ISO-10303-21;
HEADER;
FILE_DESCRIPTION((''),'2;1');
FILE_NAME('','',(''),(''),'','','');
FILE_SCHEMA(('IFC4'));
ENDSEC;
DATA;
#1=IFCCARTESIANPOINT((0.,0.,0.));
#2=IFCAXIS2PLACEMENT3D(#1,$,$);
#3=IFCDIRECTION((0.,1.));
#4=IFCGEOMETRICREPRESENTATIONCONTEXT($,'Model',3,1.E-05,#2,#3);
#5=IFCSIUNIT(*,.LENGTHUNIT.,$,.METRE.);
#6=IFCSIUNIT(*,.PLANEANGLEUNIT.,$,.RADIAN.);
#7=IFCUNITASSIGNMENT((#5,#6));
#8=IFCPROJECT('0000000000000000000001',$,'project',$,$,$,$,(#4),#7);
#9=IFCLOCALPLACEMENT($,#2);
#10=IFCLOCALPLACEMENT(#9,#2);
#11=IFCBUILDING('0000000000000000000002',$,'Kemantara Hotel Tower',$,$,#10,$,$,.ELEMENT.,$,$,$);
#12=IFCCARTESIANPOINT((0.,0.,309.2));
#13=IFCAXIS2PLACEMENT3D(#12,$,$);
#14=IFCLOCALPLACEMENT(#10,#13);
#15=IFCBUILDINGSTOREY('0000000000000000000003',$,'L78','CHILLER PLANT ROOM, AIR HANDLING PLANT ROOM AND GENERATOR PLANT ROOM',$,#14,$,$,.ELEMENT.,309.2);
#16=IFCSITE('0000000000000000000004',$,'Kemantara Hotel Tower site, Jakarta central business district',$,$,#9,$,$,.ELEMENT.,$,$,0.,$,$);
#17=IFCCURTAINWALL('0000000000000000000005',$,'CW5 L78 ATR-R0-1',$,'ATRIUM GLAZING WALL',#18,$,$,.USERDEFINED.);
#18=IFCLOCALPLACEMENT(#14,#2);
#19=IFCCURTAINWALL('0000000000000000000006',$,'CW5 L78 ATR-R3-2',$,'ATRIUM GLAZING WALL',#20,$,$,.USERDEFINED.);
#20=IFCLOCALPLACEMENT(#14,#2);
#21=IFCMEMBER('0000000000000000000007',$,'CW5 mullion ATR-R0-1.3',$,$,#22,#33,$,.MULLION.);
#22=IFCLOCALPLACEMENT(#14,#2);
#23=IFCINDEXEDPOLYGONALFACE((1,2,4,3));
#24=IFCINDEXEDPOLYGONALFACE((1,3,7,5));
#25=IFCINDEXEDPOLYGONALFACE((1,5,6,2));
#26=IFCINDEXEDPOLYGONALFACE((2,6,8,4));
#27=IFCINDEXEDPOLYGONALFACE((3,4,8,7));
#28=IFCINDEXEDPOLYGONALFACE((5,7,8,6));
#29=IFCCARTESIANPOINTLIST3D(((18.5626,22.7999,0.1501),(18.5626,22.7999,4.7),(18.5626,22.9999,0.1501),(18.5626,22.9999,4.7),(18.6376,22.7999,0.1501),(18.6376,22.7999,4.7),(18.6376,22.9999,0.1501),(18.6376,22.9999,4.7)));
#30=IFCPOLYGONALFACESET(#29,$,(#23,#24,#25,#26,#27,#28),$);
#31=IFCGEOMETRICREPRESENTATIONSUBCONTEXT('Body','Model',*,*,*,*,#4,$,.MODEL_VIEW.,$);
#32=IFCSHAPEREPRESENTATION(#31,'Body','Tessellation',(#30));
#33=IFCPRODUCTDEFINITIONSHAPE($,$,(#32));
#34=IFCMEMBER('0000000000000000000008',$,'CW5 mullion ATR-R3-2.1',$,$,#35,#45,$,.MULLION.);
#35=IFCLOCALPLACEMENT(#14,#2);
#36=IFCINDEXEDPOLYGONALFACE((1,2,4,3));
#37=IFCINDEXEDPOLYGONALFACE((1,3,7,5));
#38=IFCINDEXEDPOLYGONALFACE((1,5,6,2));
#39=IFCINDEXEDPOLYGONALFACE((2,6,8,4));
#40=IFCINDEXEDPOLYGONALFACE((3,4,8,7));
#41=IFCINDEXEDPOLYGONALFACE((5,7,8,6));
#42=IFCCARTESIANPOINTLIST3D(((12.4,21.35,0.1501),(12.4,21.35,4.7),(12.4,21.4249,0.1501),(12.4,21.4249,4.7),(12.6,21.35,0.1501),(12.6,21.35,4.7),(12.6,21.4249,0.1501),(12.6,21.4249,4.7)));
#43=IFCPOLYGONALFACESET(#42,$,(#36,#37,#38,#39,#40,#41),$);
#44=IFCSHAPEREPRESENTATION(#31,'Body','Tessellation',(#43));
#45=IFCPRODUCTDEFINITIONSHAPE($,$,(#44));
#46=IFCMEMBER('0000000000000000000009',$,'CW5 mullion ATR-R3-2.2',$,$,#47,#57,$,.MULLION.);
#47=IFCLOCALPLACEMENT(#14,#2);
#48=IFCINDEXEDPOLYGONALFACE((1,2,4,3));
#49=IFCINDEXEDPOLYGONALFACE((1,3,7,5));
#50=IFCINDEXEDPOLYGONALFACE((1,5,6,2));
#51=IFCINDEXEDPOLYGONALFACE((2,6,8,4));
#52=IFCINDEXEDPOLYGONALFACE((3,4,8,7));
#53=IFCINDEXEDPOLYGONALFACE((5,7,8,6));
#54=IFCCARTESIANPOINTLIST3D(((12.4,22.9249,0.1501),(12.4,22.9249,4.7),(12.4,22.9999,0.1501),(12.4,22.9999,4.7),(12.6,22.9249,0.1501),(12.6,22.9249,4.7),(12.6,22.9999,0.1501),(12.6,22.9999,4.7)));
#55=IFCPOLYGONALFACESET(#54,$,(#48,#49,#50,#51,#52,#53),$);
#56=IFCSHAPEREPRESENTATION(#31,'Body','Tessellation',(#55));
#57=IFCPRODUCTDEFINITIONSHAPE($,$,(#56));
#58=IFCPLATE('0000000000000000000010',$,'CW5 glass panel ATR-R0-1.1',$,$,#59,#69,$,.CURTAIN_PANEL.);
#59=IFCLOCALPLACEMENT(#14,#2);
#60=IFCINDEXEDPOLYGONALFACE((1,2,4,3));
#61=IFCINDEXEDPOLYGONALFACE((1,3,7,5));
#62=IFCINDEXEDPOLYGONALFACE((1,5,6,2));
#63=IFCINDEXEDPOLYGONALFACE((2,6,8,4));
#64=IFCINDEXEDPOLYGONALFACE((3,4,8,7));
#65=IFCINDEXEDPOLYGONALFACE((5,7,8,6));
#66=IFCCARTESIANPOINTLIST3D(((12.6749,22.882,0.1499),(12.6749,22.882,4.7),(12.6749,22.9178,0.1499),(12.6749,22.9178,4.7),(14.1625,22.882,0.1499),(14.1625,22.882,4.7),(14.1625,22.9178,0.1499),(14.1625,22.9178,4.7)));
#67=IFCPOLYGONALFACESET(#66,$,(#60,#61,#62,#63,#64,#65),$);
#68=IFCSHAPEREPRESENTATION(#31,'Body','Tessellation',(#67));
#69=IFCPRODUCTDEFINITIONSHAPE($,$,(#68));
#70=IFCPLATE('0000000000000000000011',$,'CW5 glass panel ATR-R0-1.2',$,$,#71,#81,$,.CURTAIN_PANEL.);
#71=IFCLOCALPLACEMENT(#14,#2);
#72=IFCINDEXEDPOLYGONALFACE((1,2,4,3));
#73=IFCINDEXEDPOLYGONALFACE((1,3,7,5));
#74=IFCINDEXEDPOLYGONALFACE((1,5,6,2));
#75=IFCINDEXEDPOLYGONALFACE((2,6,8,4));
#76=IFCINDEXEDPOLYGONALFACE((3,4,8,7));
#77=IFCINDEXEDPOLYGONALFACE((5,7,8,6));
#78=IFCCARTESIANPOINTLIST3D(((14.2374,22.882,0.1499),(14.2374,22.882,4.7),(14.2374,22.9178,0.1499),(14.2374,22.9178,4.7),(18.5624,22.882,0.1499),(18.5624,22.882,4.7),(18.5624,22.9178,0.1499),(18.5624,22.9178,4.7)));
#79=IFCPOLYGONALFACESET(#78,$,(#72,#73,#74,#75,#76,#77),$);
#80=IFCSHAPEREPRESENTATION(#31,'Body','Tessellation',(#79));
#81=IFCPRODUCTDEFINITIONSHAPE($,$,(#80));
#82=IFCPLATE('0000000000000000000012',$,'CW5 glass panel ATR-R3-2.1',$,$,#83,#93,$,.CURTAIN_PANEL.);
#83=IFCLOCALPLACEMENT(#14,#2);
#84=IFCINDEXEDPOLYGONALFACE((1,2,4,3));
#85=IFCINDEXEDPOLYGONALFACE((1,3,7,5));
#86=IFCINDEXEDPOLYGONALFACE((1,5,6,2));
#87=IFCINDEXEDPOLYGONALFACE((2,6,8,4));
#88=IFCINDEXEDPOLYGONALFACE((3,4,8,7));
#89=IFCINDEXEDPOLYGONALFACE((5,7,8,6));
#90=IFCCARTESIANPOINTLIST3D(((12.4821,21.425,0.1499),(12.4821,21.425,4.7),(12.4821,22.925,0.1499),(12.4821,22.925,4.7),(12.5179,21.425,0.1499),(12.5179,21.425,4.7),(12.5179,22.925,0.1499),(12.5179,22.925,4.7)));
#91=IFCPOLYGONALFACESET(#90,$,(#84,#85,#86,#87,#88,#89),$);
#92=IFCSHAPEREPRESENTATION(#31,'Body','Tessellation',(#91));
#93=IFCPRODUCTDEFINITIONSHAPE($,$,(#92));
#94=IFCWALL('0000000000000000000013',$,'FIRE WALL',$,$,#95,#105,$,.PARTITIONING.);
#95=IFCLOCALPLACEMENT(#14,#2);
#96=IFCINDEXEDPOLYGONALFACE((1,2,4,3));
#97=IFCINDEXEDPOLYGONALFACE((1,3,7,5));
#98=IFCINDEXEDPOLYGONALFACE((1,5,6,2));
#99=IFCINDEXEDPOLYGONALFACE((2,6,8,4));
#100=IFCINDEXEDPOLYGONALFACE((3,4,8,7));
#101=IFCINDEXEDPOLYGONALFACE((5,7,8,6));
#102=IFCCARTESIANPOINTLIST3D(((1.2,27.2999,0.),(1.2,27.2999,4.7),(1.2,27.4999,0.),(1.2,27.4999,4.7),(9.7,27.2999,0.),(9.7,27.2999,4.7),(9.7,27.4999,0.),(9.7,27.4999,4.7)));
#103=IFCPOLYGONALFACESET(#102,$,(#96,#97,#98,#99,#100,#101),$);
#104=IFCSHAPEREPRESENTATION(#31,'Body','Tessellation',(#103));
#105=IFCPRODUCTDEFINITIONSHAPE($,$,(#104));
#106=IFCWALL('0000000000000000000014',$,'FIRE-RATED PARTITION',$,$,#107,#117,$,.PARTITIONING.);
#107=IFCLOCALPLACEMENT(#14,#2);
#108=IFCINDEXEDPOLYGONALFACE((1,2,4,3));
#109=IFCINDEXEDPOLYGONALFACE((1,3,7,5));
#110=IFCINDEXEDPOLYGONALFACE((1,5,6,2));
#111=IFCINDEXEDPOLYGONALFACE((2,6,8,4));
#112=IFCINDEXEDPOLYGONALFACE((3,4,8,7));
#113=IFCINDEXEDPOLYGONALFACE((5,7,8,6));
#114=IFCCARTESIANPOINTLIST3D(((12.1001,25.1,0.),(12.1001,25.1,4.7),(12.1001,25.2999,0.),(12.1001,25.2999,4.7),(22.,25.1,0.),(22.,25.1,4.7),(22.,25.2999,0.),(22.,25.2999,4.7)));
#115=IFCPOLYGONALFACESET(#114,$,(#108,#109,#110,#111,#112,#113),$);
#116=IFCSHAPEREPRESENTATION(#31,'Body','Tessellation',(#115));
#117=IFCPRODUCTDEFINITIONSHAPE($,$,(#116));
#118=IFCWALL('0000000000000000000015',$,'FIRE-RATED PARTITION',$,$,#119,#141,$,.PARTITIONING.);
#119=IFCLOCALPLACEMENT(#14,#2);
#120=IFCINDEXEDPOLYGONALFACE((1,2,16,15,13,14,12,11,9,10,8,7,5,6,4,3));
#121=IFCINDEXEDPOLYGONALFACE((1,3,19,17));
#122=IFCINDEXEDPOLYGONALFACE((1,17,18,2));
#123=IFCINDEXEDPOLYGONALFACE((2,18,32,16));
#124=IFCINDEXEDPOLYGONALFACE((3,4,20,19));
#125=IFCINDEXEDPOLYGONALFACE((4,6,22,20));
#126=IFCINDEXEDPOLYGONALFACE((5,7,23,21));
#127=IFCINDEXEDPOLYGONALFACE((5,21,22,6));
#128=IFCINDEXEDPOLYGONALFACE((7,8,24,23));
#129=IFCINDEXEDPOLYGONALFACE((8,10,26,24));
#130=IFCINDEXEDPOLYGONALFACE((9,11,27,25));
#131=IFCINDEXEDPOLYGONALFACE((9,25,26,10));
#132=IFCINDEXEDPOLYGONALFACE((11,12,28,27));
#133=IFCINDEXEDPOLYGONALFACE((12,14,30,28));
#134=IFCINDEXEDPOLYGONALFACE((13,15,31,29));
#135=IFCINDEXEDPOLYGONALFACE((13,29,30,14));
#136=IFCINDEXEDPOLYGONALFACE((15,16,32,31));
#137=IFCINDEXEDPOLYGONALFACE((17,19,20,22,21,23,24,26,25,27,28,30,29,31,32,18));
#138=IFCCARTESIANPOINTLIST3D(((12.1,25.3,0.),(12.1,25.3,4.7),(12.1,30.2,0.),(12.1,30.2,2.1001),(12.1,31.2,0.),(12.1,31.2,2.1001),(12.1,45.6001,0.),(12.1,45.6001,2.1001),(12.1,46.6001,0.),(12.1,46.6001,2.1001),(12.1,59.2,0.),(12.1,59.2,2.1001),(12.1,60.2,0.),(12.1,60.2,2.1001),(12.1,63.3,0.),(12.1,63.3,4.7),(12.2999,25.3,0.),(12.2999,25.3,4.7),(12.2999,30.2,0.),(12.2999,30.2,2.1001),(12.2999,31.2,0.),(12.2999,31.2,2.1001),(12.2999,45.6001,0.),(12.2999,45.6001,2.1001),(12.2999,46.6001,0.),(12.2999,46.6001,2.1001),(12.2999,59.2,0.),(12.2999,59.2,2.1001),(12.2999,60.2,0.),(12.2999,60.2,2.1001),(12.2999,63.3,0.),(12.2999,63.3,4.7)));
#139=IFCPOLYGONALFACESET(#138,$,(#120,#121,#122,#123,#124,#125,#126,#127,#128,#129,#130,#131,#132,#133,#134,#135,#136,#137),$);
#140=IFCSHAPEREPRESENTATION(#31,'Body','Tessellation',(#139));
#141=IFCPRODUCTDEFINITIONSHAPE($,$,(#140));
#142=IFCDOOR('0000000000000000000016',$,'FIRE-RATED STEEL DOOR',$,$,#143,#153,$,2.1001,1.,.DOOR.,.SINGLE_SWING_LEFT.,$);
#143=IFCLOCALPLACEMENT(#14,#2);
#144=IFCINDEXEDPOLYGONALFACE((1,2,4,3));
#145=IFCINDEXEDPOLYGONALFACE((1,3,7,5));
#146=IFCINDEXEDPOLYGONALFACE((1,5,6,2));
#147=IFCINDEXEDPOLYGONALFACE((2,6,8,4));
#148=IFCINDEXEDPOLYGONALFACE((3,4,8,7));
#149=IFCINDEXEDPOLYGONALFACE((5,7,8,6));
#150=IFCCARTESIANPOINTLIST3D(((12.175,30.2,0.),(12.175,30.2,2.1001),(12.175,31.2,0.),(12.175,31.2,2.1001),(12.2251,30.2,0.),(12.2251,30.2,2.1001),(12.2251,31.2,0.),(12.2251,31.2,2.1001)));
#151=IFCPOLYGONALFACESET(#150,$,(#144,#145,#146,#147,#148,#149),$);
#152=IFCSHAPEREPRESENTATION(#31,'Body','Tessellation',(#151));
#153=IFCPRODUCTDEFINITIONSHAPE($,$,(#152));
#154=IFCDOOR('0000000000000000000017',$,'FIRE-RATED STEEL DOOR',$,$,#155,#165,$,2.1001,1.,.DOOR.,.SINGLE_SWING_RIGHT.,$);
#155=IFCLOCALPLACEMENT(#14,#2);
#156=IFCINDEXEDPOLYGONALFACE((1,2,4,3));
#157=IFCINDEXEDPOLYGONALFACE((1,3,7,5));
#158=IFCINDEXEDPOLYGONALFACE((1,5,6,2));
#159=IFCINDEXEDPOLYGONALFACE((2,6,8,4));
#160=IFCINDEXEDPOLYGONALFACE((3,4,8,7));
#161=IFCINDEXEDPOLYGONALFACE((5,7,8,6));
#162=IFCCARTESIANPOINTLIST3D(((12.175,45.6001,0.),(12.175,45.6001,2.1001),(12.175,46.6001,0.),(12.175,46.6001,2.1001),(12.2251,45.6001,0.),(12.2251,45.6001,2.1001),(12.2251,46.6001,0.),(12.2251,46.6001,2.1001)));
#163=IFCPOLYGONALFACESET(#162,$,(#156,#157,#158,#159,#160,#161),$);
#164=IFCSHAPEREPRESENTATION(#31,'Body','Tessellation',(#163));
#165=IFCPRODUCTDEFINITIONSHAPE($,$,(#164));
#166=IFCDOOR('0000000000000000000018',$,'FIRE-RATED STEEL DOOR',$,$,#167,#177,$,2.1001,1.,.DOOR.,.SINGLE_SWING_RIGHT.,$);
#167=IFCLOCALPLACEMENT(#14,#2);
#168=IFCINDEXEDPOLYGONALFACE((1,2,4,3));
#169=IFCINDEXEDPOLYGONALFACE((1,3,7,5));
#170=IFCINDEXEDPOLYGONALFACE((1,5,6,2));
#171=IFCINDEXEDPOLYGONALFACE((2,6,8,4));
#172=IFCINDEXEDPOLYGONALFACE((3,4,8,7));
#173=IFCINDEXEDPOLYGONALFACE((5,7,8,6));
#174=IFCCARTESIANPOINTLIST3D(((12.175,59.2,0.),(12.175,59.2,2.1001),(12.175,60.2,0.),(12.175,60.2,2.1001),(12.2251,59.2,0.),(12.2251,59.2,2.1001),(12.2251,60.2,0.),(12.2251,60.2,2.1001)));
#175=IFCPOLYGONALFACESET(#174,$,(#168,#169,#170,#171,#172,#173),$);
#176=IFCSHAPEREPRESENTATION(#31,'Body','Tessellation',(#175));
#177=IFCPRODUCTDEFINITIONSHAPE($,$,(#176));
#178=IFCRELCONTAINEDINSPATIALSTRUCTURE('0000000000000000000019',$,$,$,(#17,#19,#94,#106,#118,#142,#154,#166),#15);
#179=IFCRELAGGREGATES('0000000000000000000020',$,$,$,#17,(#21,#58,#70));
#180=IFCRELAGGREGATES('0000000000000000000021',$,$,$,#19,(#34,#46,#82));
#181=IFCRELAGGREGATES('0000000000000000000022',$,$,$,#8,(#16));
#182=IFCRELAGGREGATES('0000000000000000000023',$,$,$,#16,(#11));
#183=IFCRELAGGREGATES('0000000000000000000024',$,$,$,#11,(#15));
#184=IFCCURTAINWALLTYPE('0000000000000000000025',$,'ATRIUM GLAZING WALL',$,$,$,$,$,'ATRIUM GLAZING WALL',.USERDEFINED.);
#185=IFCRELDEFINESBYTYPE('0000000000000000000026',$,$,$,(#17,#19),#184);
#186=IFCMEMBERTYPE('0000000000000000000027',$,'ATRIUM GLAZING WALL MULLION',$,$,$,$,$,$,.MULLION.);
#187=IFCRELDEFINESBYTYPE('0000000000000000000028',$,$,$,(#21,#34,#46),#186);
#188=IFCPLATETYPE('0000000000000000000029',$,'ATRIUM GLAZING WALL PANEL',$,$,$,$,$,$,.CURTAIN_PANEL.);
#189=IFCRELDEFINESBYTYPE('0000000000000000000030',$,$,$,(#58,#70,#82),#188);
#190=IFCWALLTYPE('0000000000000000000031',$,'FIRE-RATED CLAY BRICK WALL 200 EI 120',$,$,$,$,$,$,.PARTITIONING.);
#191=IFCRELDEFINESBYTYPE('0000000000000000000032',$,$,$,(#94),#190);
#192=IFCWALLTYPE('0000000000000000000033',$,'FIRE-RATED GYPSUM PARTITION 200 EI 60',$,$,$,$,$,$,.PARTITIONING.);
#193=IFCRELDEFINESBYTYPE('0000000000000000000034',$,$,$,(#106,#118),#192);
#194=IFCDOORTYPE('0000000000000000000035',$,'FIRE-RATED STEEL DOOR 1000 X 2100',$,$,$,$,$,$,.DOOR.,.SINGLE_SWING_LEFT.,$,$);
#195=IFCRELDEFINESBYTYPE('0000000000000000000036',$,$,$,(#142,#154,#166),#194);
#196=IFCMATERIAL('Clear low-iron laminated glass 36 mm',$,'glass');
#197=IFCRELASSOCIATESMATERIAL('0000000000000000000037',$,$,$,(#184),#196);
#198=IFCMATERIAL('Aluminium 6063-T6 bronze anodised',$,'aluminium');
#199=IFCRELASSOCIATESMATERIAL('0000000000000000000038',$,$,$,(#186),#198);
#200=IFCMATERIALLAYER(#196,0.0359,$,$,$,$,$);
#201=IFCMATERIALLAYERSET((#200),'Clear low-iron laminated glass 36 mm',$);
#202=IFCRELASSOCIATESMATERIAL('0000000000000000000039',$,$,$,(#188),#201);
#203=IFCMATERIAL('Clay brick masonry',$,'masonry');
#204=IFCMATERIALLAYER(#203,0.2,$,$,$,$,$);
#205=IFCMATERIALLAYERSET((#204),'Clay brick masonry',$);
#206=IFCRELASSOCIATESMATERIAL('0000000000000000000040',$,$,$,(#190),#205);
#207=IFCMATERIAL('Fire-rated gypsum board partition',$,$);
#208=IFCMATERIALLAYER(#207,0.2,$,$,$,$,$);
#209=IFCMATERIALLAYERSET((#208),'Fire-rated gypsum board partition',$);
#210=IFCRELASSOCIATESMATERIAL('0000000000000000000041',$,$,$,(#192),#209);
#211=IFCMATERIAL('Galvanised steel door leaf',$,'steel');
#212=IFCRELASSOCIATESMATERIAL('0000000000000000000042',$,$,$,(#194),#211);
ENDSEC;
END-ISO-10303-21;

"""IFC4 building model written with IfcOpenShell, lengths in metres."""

from ifc_helpers import new_model, si_unit, direction, frame, frame_2d, origin, origin_2d, place, context, subcontext, project, spatial, rectangle, extrude, source, transform, mapped, material, layer, layer_set, material_profile, profile_set, type_object, element, fill, aggregate, save


model = new_model("IFC4")

# Units and contexts
model_context = context("Model", 3, precision=1e-05, world=origin(), true_north=direction((0.0, 1.0)))
body_context = subcontext(model_context, "Body", "Model", "MODEL_VIEW")
ifc_project = project(units=[si_unit("LENGTHUNIT", "METRE"), si_unit("PLANEANGLEUNIT", "RADIAN")], contexts=[model_context])

# Site, building, storey
site_placement = place(None, origin())
site = spatial("IfcSite", under=ifc_project, at=site_placement, Name="Kemantara Hotel Tower site, Jakarta central business district", CompositionType="ELEMENT", RefElevation=0.0)
building_placement = place(site_placement, origin())
building = spatial("IfcBuilding", under=site, at=building_placement, Name="Kemantara Hotel Tower", CompositionType="ELEMENT")
storey_placement = place(building_placement, frame((0.0, 0.0, 309.2)))
storey = spatial("IfcBuildingStorey", under=building, at=storey_placement, Name="L78", Description="CHILLER PLANT ROOM, AIR HANDLING PLANT ROOM AND GENERATOR PLANT ROOM", CompositionType="ELEMENT", Elevation=309.2)

# Curtain walls
ifc_material_1 = material(Name="Clear low-iron laminated glass 36 mm", Category="glass")
curtain_wall_type = type_object("IfcCurtainWallType", Name="ATRIUM GLAZING WALL", ElementType="ATRIUM GLAZING WALL", PredefinedType="USERDEFINED", material=ifc_material_1)
curtain_wall_1_placement = place(storey_placement, origin())
curtain_wall_1 = element("IfcCurtainWall", 1, at=curtain_wall_1_placement, inside=storey, type_object=curtain_wall_type, Name="CW5 L78 ATR-R0-1", ObjectType="ATRIUM GLAZING WALL", PredefinedType="USERDEFINED")
ifc_material_2 = material(Name="Aluminium 6063-T6 bronze anodised", Category="aluminium")
curtain_wall_2_placement = place(storey_placement, origin())
curtain_wall_2 = element("IfcCurtainWall", 2, at=curtain_wall_2_placement, inside=storey, type_object=curtain_wall_type, Name="CW5 L78 ATR-R3-2", ObjectType="ATRIUM GLAZING WALL", PredefinedType="USERDEFINED")

# Members
ifc_material_profile_1 = material_profile(ifc_material_2, rectangle(XDim=0.2, YDim=0.075, at=origin_2d()), Name="ATRIUM GLAZING WALL MULLION")
ifc_profile_set_1 = profile_set([ifc_material_profile_1], Name="Aluminium 6063-T6 bronze anodised")
member_type_1 = type_object("IfcMemberType", Name="ATRIUM GLAZING WALL MULLION", PredefinedType="MULLION", material=ifc_profile_set_1)
shared_shape_1 = source(origin(), body_context, "Body", "SweptSolid", [
    extrude(rectangle(XDim=0.2, YDim=0.075, at=origin_2d()), origin(), (0.0, 0.0, 1.0), 4.5498),
])
member_1_placement = place(storey_placement, frame((18.6001, 22.8999, 0.1501), z_axis=(0.0, 0.0, 1.0), x_axis=(0.0, 1.0, 0.0)))
member_1 = element("IfcMember", 3, at=member_1_placement, type_object=member_type_1, Name="CW5 mullion ATR-R0-1.3", PredefinedType="MULLION", context=body_context, shape_type="MappedRepresentation", body=[
    mapped(shared_shape_1, transform((0.0, 0.0, 0.0))),
])
member_2_placement = place(storey_placement, frame((12.5, 21.3875, 0.1501), z_axis=(0.0, 0.0, 1.0), x_axis=(-1.0, 0.0, 0.0)))
member_2 = element("IfcMember", 4, at=member_2_placement, type_object=member_type_1, Name="CW5 mullion ATR-R3-2.1", PredefinedType="MULLION", context=body_context, shape_type="MappedRepresentation", body=[
    mapped(shared_shape_1, transform((0.0, 0.0, 0.0))),
])
member_3_placement = place(storey_placement, frame((12.5, 22.9624, 0.1501), z_axis=(0.0, 0.0, 1.0), x_axis=(-1.0, 0.0, 0.0)))
member_3 = element("IfcMember", 5, at=member_3_placement, type_object=member_type_1, Name="CW5 mullion ATR-R3-2.2", PredefinedType="MULLION", context=body_context, shape_type="MappedRepresentation", body=[
    mapped(shared_shape_1, transform((0.0, 0.0, 0.0))),
])

# Plates
ifc_layer_1 = layer(ifc_material_1, 0.0359)
ifc_layer_set_1 = layer_set([ifc_layer_1], Name="Clear low-iron laminated glass 36 mm")
plate_type = type_object("IfcPlateType", Name="ATRIUM GLAZING WALL PANEL", PredefinedType="CURTAIN_PANEL", material=ifc_layer_set_1)
shared_shape_2 = source(origin(), body_context, "Body", "SweptSolid", [
    extrude(rectangle(XDim=1.4875, YDim=0.0359, at=origin_2d()), origin(), (0.0, 0.0, 1.0), 4.55),
])
plate_1_placement = place(storey_placement, frame((13.4187, 22.8999, 0.1499), z_axis=(0.0, 0.0, 1.0), x_axis=(1.0, 0.0, 0.0)))
plate_1 = element("IfcPlate", 6, at=plate_1_placement, type_object=plate_type, Name="CW5 glass panel ATR-R0-1.1", PredefinedType="CURTAIN_PANEL", context=body_context, shape_type="MappedRepresentation", body=[
    mapped(shared_shape_2, transform((0.0, 0.0, 0.0))),
])
shared_shape_3 = source(origin(), body_context, "Body", "SweptSolid", [
    extrude(rectangle(XDim=4.325, YDim=0.0359, at=origin_2d()), origin(), (0.0, 0.0, 1.0), 4.55),
])
plate_2_placement = place(storey_placement, frame((16.3999, 22.8999, 0.1499), z_axis=(0.0, 0.0, 1.0), x_axis=(1.0, 0.0, 0.0)))
plate_2 = element("IfcPlate", 7, at=plate_2_placement, type_object=plate_type, Name="CW5 glass panel ATR-R0-1.2", PredefinedType="CURTAIN_PANEL", context=body_context, shape_type="MappedRepresentation", body=[
    mapped(shared_shape_3, transform((0.0, 0.0, 0.0))),
])
aggregate(curtain_wall_1, [member_1, plate_1, plate_2])
shared_shape_4 = source(origin(), body_context, "Body", "SweptSolid", [
    extrude(rectangle(XDim=1.5, YDim=0.0359, at=origin_2d()), origin(), (0.0, 0.0, 1.0), 4.55),
])
plate_3_placement = place(storey_placement, frame((12.5, 22.175, 0.1499), z_axis=(0.0, 0.0, 1.0), x_axis=(0.0, 1.0, 0.0)))
plate_3 = element("IfcPlate", 8, at=plate_3_placement, type_object=plate_type, Name="CW5 glass panel ATR-R3-2.1", PredefinedType="CURTAIN_PANEL", context=body_context, shape_type="MappedRepresentation", body=[
    mapped(shared_shape_4, transform((0.0, 0.0, 0.0))),
])
aggregate(curtain_wall_2, [member_2, member_3, plate_3])

# Walls
ifc_material_3 = material(Name="Clay brick masonry", Category="masonry")
ifc_layer_2 = layer(ifc_material_3, 0.2)
ifc_layer_set_2 = layer_set([ifc_layer_2], Name="Clay brick masonry")
wall_type_1 = type_object("IfcWallType", Name="FIRE-RATED CLAY BRICK WALL 200 EI 120", PredefinedType="PARTITIONING", material=ifc_layer_set_2)
wall_1_placement = place(storey_placement, frame((1.2, 27.3999, 0.0), z_axis=(0.0, 0.0, 1.0), x_axis=(1.0, 0.0, 0.0)))
element("IfcWall", 9, at=wall_1_placement, inside=storey, type_object=wall_type_1, Name="FIRE WALL", PredefinedType="PARTITIONING", context=body_context, shape_type="SweptSolid", body=[
    extrude(rectangle(XDim=8.5, YDim=0.2, at=frame_2d((4.25, 0.0))), origin(), (0.0, 0.0, 1.0), 4.7),
])
ifc_material_4 = material(Name="Fire-rated gypsum board partition")
ifc_layer_3 = layer(ifc_material_4, 0.2)
ifc_layer_set_3 = layer_set([ifc_layer_3], Name="Fire-rated gypsum board partition")
wall_type_2 = type_object("IfcWallType", Name="FIRE-RATED GYPSUM PARTITION 200 EI 60", PredefinedType="PARTITIONING", material=ifc_layer_set_3)
wall_2_placement = place(storey_placement, frame((12.1001, 25.2, 0.0), z_axis=(0.0, 0.0, 1.0), x_axis=(1.0, 0.0, 0.0)))
element("IfcWall", 10, at=wall_2_placement, inside=storey, type_object=wall_type_2, Name="FIRE-RATED PARTITION", PredefinedType="PARTITIONING", context=body_context, shape_type="SweptSolid", body=[
    extrude(rectangle(XDim=9.8999, YDim=0.2, at=frame_2d((4.95, 0.0))), origin(), (0.0, 0.0, 1.0), 4.7),
])

# Wall, openings, doors
wall_3_placement = place(storey_placement, frame((12.2, 25.3, 0.0), z_axis=(0.0, 0.0, 1.0), x_axis=(0.0, 1.0, 0.0)))
wall_3 = element("IfcWall", 11, at=wall_3_placement, inside=storey, type_object=wall_type_2, Name="FIRE-RATED PARTITION", PredefinedType="PARTITIONING", context=body_context, shape_type="SweptSolid", body=[
    extrude(rectangle(XDim=38.0, YDim=0.2, at=frame_2d((19.0, 0.0))), origin(), (0.0, 0.0, 1.0), 4.7),
])
opening_1_placement = place(wall_3_placement, frame((4.8999, 0.0, 0.0)))
opening_1 = element("IfcOpeningElement", 12, at=opening_1_placement, cuts=wall_3, PredefinedType="OPENING", context=body_context, shape_type="SweptSolid", body=[
    extrude(rectangle(XDim=1.0, YDim=2.1001, at=frame_2d((0.5, 1.05))), frame((0.0, 0.1099, 0.0), z_axis=(0.0, -1.0, 0.0), x_axis=(1.0, 0.0, 0.0)), (0.0, 0.0, 1.0), 0.22),
])
opening_2_placement = place(wall_3_placement, frame((20.3, 0.0, 0.0)))
opening_2 = element("IfcOpeningElement", 13, at=opening_2_placement, cuts=wall_3, PredefinedType="OPENING", context=body_context, shape_type="SweptSolid", body=[
    extrude(rectangle(XDim=1.0, YDim=2.1001, at=frame_2d((0.5, 1.05))), frame((0.0, 0.1099, 0.0), z_axis=(0.0, -1.0, 0.0), x_axis=(1.0, 0.0, 0.0)), (0.0, 0.0, 1.0), 0.22),
])
opening_3_placement = place(wall_3_placement, frame((33.8999, 0.0, 0.0)))
opening_3 = element("IfcOpeningElement", 14, at=opening_3_placement, cuts=wall_3, PredefinedType="OPENING", context=body_context, shape_type="SweptSolid", body=[
    extrude(rectangle(XDim=1.0, YDim=2.1001, at=frame_2d((0.5, 1.05))), frame((0.0, 0.1099, 0.0), z_axis=(0.0, -1.0, 0.0), x_axis=(1.0, 0.0, 0.0)), (0.0, 0.0, 1.0), 0.22),
])
ifc_material_5 = material(Name="Galvanised steel door leaf", Category="steel")
door_type = type_object("IfcDoorType", Name="FIRE-RATED STEEL DOOR 1000 X 2100", OperationType="SINGLE_SWING_LEFT", PredefinedType="DOOR", material=ifc_material_5)
door_1_placement = place(opening_1_placement, origin())
door_1 = element("IfcDoor", 15, at=door_1_placement, inside=storey, type_object=door_type, Name="FIRE-RATED STEEL DOOR", OperationType="SINGLE_SWING_LEFT", OverallHeight=2.1001, OverallWidth=1.0, PredefinedType="DOOR", context=body_context, shape_type="SweptSolid", body=[
    extrude(rectangle(XDim=1.0, YDim=2.1001, at=frame_2d((0.5, 1.05))), frame((0.0, 0.0249, 0.0), z_axis=(0.0, -1.0, 0.0), x_axis=(1.0, 0.0, 0.0)), (0.0, 0.0, 1.0), 0.05),
])
fill(opening_1, door_1)
door_2_placement = place(opening_2_placement, origin())
door_2 = element("IfcDoor", 16, at=door_2_placement, inside=storey, type_object=door_type, Name="FIRE-RATED STEEL DOOR", OperationType="SINGLE_SWING_RIGHT", OverallHeight=2.1001, OverallWidth=1.0, PredefinedType="DOOR", context=body_context, shape_type="SweptSolid", body=[
    extrude(rectangle(XDim=1.0, YDim=2.1001, at=frame_2d((0.5, 1.05))), frame((0.0, 0.0249, 0.0), z_axis=(0.0, -1.0, 0.0), x_axis=(1.0, 0.0, 0.0)), (0.0, 0.0, 1.0), 0.05),
])
fill(opening_2, door_2)
door_3_placement = place(opening_3_placement, origin())
door_3 = element("IfcDoor", 17, at=door_3_placement, inside=storey, type_object=door_type, Name="FIRE-RATED STEEL DOOR", OperationType="SINGLE_SWING_RIGHT", OverallHeight=2.1001, OverallWidth=1.0, PredefinedType="DOOR", context=body_context, shape_type="SweptSolid", body=[
    extrude(rectangle(XDim=1.0, YDim=2.1001, at=frame_2d((0.5, 1.05))), frame((0.0, 0.0249, 0.0), z_axis=(0.0, -1.0, 0.0), x_axis=(1.0, 0.0, 0.0)), (0.0, 0.0, 1.0), 0.05),
])
fill(opening_3, door_3)

save(model, "model.ifc")
